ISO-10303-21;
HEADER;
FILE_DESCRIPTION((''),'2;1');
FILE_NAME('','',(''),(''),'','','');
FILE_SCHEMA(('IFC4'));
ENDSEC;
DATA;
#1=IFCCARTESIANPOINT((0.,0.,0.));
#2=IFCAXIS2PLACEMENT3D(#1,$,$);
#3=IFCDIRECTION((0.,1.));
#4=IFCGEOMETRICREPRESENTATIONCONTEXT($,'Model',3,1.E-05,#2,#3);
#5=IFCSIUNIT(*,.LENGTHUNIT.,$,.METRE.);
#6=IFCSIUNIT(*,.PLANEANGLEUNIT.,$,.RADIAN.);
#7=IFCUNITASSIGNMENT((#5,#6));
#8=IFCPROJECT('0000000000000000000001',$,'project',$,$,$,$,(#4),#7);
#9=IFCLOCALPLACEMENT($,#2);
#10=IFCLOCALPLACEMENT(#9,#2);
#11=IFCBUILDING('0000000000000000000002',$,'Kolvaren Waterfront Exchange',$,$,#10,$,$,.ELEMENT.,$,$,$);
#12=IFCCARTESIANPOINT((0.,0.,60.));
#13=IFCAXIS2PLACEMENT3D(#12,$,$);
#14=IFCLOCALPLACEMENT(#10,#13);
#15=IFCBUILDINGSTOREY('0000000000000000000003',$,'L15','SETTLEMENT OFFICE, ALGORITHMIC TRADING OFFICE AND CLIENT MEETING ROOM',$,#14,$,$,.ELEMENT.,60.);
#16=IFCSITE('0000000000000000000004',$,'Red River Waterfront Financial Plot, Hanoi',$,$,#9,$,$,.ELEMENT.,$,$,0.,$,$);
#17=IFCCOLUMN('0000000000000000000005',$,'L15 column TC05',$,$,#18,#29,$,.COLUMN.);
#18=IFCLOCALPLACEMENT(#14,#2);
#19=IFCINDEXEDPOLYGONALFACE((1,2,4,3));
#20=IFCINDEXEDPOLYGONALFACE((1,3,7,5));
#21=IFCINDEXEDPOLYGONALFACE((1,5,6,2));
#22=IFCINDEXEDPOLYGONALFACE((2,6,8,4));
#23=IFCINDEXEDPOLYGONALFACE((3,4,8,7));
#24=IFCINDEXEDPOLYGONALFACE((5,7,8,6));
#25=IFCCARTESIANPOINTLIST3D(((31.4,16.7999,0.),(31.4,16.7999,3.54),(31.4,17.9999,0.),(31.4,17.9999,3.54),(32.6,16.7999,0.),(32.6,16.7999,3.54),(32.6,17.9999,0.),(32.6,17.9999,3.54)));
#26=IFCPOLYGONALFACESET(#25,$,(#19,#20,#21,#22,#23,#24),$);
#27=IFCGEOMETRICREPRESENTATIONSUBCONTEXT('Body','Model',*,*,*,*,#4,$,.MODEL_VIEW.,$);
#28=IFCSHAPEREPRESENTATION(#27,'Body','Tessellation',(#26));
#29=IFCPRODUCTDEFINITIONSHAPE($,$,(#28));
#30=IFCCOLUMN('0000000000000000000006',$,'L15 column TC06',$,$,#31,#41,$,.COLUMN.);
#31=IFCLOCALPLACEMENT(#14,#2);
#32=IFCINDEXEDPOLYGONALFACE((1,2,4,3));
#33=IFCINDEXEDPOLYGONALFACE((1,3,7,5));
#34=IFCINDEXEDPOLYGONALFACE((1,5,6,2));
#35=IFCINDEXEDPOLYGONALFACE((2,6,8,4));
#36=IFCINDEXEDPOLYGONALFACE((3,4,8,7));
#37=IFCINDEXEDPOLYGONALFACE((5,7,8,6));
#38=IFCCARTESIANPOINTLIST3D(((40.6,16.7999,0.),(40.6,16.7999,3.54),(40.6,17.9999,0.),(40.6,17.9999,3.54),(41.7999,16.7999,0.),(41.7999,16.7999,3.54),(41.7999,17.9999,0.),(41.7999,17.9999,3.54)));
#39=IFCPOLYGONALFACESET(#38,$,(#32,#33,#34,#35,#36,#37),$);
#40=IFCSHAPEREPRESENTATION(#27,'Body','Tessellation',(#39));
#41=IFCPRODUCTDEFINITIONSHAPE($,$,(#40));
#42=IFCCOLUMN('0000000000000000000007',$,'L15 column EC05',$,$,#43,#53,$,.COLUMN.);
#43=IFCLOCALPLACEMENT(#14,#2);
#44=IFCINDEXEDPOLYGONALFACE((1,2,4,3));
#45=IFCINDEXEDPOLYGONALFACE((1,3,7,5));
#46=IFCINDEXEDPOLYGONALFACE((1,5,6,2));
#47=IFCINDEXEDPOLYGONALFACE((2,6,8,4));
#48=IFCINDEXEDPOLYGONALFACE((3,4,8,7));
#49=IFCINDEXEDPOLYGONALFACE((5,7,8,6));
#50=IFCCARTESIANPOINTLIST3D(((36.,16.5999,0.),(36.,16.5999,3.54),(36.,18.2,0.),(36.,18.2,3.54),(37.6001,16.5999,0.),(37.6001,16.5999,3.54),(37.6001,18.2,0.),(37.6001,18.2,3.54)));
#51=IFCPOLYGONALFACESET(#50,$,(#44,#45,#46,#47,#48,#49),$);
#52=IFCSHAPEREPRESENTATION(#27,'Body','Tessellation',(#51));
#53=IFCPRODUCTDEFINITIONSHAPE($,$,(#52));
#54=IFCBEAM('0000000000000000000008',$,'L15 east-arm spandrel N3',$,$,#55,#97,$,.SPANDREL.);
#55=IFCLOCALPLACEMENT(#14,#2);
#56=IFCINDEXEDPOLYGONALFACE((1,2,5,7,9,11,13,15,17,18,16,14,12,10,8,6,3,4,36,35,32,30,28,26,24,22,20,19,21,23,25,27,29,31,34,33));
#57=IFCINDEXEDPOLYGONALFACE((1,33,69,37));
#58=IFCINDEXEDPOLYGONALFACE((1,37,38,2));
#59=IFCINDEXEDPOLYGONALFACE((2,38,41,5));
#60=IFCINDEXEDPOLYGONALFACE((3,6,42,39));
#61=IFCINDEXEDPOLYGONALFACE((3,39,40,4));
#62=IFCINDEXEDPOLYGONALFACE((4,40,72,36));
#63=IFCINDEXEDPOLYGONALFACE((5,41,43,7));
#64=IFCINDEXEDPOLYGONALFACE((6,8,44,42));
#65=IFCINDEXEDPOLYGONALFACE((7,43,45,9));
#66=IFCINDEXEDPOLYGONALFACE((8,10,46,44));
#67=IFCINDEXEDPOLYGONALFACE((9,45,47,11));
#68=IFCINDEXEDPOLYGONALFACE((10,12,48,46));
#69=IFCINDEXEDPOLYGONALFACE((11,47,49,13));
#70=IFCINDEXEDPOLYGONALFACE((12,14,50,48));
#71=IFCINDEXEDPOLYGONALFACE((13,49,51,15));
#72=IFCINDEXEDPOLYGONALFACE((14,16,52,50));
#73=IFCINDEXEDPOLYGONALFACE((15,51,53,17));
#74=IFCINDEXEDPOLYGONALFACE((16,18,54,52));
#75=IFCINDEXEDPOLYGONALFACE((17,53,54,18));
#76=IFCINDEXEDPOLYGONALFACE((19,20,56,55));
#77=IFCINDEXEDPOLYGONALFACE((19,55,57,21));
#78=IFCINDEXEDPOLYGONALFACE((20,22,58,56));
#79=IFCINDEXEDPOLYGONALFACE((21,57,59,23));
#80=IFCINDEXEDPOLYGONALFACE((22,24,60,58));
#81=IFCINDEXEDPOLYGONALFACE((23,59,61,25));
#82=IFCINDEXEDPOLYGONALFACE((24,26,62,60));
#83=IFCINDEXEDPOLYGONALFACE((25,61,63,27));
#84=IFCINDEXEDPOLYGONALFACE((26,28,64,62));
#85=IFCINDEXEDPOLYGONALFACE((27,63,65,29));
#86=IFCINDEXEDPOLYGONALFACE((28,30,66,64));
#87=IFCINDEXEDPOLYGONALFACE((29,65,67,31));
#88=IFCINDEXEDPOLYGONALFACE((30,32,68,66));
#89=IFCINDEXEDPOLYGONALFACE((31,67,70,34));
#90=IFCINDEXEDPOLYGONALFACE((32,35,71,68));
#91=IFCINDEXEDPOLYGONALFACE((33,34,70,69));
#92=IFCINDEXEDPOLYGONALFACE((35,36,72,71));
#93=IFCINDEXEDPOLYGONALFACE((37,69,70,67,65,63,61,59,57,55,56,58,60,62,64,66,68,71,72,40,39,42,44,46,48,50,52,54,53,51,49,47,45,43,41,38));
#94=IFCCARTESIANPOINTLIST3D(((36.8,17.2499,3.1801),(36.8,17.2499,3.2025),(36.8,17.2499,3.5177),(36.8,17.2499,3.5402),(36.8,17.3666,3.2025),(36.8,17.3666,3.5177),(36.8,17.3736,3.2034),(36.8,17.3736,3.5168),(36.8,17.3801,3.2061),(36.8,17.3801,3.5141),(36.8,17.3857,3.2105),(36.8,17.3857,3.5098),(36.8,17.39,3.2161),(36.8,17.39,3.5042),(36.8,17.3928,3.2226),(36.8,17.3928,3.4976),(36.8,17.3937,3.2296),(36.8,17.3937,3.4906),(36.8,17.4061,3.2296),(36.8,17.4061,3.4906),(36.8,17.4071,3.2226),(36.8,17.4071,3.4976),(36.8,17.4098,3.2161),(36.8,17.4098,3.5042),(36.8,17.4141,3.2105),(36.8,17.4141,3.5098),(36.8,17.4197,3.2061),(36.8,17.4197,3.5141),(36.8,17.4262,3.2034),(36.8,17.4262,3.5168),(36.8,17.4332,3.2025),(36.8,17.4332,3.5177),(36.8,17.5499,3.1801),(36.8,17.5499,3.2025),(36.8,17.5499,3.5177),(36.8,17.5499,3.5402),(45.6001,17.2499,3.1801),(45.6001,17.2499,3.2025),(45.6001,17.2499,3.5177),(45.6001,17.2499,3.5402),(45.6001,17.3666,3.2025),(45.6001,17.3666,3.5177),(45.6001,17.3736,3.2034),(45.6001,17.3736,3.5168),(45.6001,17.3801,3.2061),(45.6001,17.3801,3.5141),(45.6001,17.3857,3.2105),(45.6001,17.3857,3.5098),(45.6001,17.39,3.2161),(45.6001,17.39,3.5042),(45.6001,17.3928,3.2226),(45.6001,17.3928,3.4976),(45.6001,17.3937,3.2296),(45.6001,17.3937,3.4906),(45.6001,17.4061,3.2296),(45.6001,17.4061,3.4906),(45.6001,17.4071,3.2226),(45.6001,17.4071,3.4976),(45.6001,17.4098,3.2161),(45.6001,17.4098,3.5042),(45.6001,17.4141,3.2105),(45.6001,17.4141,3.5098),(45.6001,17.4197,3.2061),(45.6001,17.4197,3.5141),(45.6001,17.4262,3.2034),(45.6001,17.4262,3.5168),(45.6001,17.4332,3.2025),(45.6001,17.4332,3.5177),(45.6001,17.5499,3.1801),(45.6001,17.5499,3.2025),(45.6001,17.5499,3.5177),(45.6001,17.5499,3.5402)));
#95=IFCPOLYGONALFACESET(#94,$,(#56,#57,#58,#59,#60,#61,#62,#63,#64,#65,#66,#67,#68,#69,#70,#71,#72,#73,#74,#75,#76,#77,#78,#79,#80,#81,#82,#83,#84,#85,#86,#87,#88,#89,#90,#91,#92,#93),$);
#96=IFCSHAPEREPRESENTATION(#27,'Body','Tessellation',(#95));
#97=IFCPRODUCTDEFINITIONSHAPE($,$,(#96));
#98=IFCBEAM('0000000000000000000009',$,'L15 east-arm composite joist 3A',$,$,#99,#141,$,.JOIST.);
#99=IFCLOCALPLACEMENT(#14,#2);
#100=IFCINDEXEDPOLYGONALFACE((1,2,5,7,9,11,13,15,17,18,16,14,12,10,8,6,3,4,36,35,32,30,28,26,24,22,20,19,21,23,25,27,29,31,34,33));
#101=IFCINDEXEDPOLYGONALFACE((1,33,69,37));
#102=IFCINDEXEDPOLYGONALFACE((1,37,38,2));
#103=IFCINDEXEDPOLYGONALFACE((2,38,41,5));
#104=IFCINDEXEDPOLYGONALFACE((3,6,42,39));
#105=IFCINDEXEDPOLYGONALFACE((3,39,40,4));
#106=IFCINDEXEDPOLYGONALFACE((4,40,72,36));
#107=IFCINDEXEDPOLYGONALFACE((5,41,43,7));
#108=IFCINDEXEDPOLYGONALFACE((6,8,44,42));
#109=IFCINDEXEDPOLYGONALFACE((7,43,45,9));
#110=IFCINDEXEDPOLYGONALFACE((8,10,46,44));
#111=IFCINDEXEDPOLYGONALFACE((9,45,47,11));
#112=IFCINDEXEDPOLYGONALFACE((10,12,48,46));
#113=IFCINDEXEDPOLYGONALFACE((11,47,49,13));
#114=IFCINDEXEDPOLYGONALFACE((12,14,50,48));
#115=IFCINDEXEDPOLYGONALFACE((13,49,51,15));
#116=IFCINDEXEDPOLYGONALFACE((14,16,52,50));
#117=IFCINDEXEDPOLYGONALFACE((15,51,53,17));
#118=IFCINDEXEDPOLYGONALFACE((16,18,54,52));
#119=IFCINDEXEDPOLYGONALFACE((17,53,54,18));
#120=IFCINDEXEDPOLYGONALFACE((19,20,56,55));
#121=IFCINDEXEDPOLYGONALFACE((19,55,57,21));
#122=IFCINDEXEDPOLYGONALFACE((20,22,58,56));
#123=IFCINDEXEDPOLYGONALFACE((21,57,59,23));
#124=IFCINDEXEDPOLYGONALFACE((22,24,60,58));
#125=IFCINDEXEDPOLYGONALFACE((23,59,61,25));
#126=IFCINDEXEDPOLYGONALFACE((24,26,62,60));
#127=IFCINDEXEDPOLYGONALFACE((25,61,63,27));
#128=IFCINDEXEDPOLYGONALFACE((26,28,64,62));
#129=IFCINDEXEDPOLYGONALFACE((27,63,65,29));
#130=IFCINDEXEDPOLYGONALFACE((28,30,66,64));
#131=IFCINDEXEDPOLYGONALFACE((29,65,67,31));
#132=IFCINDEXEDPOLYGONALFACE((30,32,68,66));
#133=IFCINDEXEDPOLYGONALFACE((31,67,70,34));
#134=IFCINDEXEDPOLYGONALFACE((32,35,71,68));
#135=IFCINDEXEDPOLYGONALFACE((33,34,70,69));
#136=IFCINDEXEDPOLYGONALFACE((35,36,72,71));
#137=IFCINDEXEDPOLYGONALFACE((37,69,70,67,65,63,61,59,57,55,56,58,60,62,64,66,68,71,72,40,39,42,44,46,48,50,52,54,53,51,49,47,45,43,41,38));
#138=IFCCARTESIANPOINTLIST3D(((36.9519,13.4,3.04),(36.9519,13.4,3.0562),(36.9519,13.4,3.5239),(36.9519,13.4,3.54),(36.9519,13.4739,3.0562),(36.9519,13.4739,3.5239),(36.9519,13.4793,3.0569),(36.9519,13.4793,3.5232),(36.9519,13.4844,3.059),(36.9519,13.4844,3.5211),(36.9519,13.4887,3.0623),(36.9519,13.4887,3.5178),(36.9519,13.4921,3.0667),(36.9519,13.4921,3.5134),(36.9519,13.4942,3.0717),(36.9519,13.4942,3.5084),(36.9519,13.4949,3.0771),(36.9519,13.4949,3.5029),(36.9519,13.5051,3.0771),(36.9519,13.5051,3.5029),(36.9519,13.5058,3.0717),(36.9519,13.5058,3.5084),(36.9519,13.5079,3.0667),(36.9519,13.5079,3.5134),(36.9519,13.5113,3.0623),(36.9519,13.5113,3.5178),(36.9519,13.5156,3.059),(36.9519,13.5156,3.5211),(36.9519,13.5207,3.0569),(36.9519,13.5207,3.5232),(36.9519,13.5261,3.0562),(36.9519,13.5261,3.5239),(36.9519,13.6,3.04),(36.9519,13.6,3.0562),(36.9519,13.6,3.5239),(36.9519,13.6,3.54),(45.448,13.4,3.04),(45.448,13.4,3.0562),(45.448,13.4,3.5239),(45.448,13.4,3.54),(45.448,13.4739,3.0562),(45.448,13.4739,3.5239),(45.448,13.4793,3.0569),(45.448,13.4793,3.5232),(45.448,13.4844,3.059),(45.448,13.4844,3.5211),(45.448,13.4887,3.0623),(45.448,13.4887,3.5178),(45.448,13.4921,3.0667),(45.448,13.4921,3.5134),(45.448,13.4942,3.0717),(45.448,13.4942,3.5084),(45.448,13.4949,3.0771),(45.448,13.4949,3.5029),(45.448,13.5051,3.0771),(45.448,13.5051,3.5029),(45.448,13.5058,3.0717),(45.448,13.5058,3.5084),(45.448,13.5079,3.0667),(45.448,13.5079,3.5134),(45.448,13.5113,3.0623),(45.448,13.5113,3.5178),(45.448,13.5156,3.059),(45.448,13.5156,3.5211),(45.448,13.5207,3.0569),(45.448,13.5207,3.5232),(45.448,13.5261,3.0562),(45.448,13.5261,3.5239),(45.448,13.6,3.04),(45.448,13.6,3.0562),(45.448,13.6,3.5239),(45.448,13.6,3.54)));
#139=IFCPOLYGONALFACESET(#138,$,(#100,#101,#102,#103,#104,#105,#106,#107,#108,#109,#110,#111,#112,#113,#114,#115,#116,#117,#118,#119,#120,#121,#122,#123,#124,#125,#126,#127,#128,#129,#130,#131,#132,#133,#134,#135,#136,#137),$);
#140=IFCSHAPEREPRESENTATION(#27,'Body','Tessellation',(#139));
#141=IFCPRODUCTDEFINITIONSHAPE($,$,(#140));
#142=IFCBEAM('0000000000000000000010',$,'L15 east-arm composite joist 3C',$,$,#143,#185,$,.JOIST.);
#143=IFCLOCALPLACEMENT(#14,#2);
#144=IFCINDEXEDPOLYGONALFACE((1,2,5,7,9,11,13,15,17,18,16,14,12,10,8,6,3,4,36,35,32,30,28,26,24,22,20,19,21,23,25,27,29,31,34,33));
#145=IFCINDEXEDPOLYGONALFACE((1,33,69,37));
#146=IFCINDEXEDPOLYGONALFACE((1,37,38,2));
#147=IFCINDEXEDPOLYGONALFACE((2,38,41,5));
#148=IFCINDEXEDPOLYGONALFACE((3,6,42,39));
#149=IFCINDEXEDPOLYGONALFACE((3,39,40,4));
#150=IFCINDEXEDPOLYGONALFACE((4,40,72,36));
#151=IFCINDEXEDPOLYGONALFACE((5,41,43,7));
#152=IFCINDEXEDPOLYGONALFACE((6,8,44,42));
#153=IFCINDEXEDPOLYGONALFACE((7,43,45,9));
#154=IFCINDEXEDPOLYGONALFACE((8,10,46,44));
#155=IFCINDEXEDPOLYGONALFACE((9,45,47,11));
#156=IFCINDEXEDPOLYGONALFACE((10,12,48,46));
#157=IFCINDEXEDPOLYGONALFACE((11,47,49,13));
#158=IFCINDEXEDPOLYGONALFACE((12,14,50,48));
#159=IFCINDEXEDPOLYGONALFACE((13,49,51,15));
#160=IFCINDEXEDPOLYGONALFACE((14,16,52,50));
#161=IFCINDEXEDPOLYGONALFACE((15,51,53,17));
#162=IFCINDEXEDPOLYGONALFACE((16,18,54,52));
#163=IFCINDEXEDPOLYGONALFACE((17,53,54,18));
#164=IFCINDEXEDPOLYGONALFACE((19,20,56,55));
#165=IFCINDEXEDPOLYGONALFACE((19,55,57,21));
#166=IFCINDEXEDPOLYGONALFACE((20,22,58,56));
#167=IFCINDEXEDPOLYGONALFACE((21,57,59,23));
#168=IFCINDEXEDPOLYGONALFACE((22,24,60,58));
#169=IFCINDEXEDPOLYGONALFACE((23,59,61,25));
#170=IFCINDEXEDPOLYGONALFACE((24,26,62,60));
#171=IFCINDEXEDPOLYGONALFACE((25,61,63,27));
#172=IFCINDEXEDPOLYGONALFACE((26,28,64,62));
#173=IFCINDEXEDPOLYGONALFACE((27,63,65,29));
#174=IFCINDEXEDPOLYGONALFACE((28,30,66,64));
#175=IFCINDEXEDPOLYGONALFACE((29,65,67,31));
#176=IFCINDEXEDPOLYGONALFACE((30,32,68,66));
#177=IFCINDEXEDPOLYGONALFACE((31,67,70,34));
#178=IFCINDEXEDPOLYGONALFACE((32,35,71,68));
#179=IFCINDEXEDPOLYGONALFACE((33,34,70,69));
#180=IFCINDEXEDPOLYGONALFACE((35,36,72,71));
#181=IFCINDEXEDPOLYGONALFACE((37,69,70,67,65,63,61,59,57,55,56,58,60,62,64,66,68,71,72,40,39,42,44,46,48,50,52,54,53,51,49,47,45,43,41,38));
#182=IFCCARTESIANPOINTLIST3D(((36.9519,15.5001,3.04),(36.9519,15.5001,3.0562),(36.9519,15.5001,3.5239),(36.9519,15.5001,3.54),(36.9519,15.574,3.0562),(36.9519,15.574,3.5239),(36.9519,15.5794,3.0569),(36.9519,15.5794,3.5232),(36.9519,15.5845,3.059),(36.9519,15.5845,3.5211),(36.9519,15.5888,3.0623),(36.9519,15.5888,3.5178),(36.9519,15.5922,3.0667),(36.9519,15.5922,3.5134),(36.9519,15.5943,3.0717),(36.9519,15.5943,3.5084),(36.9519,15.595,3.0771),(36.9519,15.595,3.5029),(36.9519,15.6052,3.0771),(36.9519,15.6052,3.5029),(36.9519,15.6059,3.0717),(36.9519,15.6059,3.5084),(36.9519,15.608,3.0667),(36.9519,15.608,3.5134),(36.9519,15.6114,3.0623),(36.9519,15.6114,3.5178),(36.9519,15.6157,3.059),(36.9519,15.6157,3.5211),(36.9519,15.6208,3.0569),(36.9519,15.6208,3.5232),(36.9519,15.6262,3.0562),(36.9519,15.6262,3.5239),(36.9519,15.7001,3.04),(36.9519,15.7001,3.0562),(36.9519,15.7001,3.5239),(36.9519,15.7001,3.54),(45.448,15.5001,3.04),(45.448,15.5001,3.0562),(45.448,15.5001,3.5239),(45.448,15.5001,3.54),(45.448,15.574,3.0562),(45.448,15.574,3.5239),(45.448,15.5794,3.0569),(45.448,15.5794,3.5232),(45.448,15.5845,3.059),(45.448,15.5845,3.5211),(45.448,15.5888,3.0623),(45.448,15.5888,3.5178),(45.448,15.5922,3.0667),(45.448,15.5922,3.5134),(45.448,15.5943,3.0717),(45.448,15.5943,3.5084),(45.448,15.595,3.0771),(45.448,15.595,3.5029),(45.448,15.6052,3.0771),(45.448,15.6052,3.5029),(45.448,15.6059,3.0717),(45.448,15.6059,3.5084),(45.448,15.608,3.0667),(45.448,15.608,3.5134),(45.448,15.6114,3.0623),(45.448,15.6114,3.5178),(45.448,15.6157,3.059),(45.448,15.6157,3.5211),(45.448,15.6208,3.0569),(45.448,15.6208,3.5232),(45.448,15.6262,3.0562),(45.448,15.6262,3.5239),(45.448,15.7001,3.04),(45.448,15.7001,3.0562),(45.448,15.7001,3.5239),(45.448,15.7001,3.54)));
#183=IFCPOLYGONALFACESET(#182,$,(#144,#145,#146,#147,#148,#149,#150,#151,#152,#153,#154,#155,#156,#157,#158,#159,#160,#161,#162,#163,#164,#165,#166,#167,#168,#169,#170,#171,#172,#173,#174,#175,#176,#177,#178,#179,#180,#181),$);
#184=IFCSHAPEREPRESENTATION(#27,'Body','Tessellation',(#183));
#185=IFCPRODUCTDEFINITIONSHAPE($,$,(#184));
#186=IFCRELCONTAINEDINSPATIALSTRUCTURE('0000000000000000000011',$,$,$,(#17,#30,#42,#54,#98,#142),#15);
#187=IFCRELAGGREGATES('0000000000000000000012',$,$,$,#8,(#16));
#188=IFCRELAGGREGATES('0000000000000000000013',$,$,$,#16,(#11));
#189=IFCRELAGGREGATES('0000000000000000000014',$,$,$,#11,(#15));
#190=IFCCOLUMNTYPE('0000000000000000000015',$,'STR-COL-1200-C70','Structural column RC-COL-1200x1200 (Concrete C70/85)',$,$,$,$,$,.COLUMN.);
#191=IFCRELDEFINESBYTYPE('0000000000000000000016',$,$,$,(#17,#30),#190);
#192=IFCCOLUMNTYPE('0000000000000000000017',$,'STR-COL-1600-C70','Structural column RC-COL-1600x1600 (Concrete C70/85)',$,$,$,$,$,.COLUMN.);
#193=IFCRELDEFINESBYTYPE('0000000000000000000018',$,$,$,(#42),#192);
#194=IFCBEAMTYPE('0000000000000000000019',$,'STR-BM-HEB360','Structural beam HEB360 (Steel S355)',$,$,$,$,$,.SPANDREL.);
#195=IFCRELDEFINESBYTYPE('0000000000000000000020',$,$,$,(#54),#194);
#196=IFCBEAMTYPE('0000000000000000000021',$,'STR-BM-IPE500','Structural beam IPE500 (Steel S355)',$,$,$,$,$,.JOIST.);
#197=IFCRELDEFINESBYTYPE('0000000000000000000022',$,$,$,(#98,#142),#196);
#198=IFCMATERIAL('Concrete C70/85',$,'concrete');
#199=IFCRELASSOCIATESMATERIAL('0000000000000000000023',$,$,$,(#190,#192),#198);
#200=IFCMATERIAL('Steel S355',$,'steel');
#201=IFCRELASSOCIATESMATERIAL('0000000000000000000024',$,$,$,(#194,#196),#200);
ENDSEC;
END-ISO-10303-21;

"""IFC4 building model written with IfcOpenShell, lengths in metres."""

from ifc_helpers import new_model, si_unit, direction, frame, origin, origin_2d, place, context, subcontext, project, spatial, rectangle, i_section, extrude, material, material_profile, profile_set, type_object, element, save


model = new_model("IFC4")

# Units and contexts
model_context = context("Model", 3, precision=1e-05, world=origin(), true_north=direction((0.0, 1.0)))
body_context = subcontext(model_context, "Body", "Model", "MODEL_VIEW")
ifc_project = project(units=[si_unit("LENGTHUNIT", "METRE"), si_unit("PLANEANGLEUNIT", "RADIAN")], contexts=[model_context])

# Site, building, storey
site_placement = place(None, origin())
site = spatial("IfcSite", under=ifc_project, at=site_placement, Name="Red River Waterfront Financial Plot, Hanoi", CompositionType="ELEMENT", RefElevation=0.0)
building_placement = place(site_placement, origin())
building = spatial("IfcBuilding", under=site, at=building_placement, Name="Kolvaren Waterfront Exchange", CompositionType="ELEMENT")
storey_placement = place(building_placement, frame((0.0, 0.0, 60.0)))
storey = spatial("IfcBuildingStorey", under=building, at=storey_placement, Name="L15", Description="SETTLEMENT OFFICE, ALGORITHMIC TRADING OFFICE AND CLIENT MEETING ROOM", CompositionType="ELEMENT", Elevation=60.0)

# Columns
ifc_material_1 = material(Name="Concrete C70/85", Category="concrete")
ifc_material_profile_1 = material_profile(ifc_material_1, rectangle(XDim=1.2, YDim=1.2, at=origin_2d()), Name="RC-COL-1200x1200")
ifc_profile_set_1 = profile_set([ifc_material_profile_1], Name="Concrete C70/85")
column_type_1 = type_object("IfcColumnType", Name="STR-COL-1200-C70", Description="Structural column RC-COL-1200x1200 (Concrete C70/85)", PredefinedType="COLUMN", material=ifc_profile_set_1)
for number, where, z_axis, x_axis, name in (
    (1, (32.0, 17.3999, 0.0), (0.0, 0.0, 1.0), (1.0, 0.0, 0.0), "L15 column TC05"),
    (2, (41.2, 17.3999, 0.0), (0.0, 0.0, 1.0), (1.0, 0.0, 0.0), "L15 column TC06"),
):
    element("IfcColumn", number, at=place(storey_placement, frame(where, z_axis=z_axis, x_axis=x_axis)), inside=storey, type_object=column_type_1, Name=name, PredefinedType="COLUMN", context=body_context, shape_type="SweptSolid", body=[
        extrude(rectangle(XDim=1.2, YDim=1.2, at=origin_2d()), origin(), (0.0, 0.0, 1.0), 3.54),
    ])
ifc_material_profile_2 = material_profile(ifc_material_1, rectangle(XDim=1.6001, YDim=1.6001, at=origin_2d()), Name="RC-COL-1600x1600")
ifc_profile_set_2 = profile_set([ifc_material_profile_2], Name="Concrete C70/85")
column_type_2 = type_object("IfcColumnType", Name="STR-COL-1600-C70", Description="Structural column RC-COL-1600x1600 (Concrete C70/85)", PredefinedType="COLUMN", material=ifc_profile_set_2)
column_placement = place(storey_placement, frame((36.8, 17.3999, 0.0), z_axis=(0.0, 0.0, 1.0), x_axis=(1.0, 0.0, 0.0)))
element("IfcColumn", 3, at=column_placement, inside=storey, type_object=column_type_2, Name="L15 column EC05", PredefinedType="COLUMN", context=body_context, shape_type="SweptSolid", body=[
    extrude(rectangle(XDim=1.6001, YDim=1.6001, at=origin_2d()), origin(), (0.0, 0.0, 1.0), 3.54),
])

# Beams
ifc_material_2 = material(Name="Steel S355", Category="steel")
ifc_material_profile_3 = material_profile(ifc_material_2, i_section(OverallWidth=0.3, OverallDepth=0.3601, WebThickness=0.0125, FlangeThickness=0.0225, FilletRadius=0.0271, at=origin_2d()), Name="HEB360")
ifc_profile_set_3 = profile_set([ifc_material_profile_3], Name="Steel S355")
beam_type_1 = type_object("IfcBeamType", Name="STR-BM-HEB360", Description="Structural beam HEB360 (Steel S355)", PredefinedType="SPANDREL", material=ifc_profile_set_3)
beam_placement = place(storey_placement, frame((36.8, 17.3999, 3.3601), z_axis=(1.0, 0.0, 0.0), x_axis=(0.0, 1.0, 0.0)))
element("IfcBeam", 4, at=beam_placement, inside=storey, type_object=beam_type_1, Name="L15 east-arm spandrel N3", PredefinedType="SPANDREL", context=body_context, shape_type="SweptSolid", body=[
    extrude(i_section(OverallWidth=0.3, OverallDepth=0.3601, WebThickness=0.0125, FlangeThickness=0.0225, FilletRadius=0.0271, at=origin_2d()), origin(), (0.0, 0.0, 1.0), 8.8),
])
ifc_material_profile_4 = material_profile(ifc_material_2, i_section(OverallWidth=0.2, OverallDepth=0.5, WebThickness=0.0103, FlangeThickness=0.0161, FilletRadius=0.021, at=origin_2d()), Name="IPE500")
ifc_profile_set_4 = profile_set([ifc_material_profile_4], Name="Steel S355")
beam_type_2 = type_object("IfcBeamType", Name="STR-BM-IPE500", Description="Structural beam IPE500 (Steel S355)", PredefinedType="JOIST", material=ifc_profile_set_4)
for number, where, z_axis, x_axis, name in (
    (5, (36.9519, 13.5, 3.29), (1.0, 0.0, 0.0), (0.0, 1.0, 0.0), "L15 east-arm composite joist 3A"),
    (6, (36.9519, 15.6001, 3.29), (1.0, 0.0, 0.0), (0.0, 1.0, 0.0), "L15 east-arm composite joist 3C"),
):
    element("IfcBeam", number, at=place(storey_placement, frame(where, z_axis=z_axis, x_axis=x_axis)), inside=storey, type_object=beam_type_2, Name=name, PredefinedType="JOIST", context=body_context, shape_type="SweptSolid", body=[
        extrude(i_section(OverallWidth=0.2, OverallDepth=0.5, WebThickness=0.0103, FlangeThickness=0.0161, FilletRadius=0.021, at=origin_2d()), origin(), (0.0, 0.0, 1.0), 8.4961),
    ])

save(model, "model.ifc")
